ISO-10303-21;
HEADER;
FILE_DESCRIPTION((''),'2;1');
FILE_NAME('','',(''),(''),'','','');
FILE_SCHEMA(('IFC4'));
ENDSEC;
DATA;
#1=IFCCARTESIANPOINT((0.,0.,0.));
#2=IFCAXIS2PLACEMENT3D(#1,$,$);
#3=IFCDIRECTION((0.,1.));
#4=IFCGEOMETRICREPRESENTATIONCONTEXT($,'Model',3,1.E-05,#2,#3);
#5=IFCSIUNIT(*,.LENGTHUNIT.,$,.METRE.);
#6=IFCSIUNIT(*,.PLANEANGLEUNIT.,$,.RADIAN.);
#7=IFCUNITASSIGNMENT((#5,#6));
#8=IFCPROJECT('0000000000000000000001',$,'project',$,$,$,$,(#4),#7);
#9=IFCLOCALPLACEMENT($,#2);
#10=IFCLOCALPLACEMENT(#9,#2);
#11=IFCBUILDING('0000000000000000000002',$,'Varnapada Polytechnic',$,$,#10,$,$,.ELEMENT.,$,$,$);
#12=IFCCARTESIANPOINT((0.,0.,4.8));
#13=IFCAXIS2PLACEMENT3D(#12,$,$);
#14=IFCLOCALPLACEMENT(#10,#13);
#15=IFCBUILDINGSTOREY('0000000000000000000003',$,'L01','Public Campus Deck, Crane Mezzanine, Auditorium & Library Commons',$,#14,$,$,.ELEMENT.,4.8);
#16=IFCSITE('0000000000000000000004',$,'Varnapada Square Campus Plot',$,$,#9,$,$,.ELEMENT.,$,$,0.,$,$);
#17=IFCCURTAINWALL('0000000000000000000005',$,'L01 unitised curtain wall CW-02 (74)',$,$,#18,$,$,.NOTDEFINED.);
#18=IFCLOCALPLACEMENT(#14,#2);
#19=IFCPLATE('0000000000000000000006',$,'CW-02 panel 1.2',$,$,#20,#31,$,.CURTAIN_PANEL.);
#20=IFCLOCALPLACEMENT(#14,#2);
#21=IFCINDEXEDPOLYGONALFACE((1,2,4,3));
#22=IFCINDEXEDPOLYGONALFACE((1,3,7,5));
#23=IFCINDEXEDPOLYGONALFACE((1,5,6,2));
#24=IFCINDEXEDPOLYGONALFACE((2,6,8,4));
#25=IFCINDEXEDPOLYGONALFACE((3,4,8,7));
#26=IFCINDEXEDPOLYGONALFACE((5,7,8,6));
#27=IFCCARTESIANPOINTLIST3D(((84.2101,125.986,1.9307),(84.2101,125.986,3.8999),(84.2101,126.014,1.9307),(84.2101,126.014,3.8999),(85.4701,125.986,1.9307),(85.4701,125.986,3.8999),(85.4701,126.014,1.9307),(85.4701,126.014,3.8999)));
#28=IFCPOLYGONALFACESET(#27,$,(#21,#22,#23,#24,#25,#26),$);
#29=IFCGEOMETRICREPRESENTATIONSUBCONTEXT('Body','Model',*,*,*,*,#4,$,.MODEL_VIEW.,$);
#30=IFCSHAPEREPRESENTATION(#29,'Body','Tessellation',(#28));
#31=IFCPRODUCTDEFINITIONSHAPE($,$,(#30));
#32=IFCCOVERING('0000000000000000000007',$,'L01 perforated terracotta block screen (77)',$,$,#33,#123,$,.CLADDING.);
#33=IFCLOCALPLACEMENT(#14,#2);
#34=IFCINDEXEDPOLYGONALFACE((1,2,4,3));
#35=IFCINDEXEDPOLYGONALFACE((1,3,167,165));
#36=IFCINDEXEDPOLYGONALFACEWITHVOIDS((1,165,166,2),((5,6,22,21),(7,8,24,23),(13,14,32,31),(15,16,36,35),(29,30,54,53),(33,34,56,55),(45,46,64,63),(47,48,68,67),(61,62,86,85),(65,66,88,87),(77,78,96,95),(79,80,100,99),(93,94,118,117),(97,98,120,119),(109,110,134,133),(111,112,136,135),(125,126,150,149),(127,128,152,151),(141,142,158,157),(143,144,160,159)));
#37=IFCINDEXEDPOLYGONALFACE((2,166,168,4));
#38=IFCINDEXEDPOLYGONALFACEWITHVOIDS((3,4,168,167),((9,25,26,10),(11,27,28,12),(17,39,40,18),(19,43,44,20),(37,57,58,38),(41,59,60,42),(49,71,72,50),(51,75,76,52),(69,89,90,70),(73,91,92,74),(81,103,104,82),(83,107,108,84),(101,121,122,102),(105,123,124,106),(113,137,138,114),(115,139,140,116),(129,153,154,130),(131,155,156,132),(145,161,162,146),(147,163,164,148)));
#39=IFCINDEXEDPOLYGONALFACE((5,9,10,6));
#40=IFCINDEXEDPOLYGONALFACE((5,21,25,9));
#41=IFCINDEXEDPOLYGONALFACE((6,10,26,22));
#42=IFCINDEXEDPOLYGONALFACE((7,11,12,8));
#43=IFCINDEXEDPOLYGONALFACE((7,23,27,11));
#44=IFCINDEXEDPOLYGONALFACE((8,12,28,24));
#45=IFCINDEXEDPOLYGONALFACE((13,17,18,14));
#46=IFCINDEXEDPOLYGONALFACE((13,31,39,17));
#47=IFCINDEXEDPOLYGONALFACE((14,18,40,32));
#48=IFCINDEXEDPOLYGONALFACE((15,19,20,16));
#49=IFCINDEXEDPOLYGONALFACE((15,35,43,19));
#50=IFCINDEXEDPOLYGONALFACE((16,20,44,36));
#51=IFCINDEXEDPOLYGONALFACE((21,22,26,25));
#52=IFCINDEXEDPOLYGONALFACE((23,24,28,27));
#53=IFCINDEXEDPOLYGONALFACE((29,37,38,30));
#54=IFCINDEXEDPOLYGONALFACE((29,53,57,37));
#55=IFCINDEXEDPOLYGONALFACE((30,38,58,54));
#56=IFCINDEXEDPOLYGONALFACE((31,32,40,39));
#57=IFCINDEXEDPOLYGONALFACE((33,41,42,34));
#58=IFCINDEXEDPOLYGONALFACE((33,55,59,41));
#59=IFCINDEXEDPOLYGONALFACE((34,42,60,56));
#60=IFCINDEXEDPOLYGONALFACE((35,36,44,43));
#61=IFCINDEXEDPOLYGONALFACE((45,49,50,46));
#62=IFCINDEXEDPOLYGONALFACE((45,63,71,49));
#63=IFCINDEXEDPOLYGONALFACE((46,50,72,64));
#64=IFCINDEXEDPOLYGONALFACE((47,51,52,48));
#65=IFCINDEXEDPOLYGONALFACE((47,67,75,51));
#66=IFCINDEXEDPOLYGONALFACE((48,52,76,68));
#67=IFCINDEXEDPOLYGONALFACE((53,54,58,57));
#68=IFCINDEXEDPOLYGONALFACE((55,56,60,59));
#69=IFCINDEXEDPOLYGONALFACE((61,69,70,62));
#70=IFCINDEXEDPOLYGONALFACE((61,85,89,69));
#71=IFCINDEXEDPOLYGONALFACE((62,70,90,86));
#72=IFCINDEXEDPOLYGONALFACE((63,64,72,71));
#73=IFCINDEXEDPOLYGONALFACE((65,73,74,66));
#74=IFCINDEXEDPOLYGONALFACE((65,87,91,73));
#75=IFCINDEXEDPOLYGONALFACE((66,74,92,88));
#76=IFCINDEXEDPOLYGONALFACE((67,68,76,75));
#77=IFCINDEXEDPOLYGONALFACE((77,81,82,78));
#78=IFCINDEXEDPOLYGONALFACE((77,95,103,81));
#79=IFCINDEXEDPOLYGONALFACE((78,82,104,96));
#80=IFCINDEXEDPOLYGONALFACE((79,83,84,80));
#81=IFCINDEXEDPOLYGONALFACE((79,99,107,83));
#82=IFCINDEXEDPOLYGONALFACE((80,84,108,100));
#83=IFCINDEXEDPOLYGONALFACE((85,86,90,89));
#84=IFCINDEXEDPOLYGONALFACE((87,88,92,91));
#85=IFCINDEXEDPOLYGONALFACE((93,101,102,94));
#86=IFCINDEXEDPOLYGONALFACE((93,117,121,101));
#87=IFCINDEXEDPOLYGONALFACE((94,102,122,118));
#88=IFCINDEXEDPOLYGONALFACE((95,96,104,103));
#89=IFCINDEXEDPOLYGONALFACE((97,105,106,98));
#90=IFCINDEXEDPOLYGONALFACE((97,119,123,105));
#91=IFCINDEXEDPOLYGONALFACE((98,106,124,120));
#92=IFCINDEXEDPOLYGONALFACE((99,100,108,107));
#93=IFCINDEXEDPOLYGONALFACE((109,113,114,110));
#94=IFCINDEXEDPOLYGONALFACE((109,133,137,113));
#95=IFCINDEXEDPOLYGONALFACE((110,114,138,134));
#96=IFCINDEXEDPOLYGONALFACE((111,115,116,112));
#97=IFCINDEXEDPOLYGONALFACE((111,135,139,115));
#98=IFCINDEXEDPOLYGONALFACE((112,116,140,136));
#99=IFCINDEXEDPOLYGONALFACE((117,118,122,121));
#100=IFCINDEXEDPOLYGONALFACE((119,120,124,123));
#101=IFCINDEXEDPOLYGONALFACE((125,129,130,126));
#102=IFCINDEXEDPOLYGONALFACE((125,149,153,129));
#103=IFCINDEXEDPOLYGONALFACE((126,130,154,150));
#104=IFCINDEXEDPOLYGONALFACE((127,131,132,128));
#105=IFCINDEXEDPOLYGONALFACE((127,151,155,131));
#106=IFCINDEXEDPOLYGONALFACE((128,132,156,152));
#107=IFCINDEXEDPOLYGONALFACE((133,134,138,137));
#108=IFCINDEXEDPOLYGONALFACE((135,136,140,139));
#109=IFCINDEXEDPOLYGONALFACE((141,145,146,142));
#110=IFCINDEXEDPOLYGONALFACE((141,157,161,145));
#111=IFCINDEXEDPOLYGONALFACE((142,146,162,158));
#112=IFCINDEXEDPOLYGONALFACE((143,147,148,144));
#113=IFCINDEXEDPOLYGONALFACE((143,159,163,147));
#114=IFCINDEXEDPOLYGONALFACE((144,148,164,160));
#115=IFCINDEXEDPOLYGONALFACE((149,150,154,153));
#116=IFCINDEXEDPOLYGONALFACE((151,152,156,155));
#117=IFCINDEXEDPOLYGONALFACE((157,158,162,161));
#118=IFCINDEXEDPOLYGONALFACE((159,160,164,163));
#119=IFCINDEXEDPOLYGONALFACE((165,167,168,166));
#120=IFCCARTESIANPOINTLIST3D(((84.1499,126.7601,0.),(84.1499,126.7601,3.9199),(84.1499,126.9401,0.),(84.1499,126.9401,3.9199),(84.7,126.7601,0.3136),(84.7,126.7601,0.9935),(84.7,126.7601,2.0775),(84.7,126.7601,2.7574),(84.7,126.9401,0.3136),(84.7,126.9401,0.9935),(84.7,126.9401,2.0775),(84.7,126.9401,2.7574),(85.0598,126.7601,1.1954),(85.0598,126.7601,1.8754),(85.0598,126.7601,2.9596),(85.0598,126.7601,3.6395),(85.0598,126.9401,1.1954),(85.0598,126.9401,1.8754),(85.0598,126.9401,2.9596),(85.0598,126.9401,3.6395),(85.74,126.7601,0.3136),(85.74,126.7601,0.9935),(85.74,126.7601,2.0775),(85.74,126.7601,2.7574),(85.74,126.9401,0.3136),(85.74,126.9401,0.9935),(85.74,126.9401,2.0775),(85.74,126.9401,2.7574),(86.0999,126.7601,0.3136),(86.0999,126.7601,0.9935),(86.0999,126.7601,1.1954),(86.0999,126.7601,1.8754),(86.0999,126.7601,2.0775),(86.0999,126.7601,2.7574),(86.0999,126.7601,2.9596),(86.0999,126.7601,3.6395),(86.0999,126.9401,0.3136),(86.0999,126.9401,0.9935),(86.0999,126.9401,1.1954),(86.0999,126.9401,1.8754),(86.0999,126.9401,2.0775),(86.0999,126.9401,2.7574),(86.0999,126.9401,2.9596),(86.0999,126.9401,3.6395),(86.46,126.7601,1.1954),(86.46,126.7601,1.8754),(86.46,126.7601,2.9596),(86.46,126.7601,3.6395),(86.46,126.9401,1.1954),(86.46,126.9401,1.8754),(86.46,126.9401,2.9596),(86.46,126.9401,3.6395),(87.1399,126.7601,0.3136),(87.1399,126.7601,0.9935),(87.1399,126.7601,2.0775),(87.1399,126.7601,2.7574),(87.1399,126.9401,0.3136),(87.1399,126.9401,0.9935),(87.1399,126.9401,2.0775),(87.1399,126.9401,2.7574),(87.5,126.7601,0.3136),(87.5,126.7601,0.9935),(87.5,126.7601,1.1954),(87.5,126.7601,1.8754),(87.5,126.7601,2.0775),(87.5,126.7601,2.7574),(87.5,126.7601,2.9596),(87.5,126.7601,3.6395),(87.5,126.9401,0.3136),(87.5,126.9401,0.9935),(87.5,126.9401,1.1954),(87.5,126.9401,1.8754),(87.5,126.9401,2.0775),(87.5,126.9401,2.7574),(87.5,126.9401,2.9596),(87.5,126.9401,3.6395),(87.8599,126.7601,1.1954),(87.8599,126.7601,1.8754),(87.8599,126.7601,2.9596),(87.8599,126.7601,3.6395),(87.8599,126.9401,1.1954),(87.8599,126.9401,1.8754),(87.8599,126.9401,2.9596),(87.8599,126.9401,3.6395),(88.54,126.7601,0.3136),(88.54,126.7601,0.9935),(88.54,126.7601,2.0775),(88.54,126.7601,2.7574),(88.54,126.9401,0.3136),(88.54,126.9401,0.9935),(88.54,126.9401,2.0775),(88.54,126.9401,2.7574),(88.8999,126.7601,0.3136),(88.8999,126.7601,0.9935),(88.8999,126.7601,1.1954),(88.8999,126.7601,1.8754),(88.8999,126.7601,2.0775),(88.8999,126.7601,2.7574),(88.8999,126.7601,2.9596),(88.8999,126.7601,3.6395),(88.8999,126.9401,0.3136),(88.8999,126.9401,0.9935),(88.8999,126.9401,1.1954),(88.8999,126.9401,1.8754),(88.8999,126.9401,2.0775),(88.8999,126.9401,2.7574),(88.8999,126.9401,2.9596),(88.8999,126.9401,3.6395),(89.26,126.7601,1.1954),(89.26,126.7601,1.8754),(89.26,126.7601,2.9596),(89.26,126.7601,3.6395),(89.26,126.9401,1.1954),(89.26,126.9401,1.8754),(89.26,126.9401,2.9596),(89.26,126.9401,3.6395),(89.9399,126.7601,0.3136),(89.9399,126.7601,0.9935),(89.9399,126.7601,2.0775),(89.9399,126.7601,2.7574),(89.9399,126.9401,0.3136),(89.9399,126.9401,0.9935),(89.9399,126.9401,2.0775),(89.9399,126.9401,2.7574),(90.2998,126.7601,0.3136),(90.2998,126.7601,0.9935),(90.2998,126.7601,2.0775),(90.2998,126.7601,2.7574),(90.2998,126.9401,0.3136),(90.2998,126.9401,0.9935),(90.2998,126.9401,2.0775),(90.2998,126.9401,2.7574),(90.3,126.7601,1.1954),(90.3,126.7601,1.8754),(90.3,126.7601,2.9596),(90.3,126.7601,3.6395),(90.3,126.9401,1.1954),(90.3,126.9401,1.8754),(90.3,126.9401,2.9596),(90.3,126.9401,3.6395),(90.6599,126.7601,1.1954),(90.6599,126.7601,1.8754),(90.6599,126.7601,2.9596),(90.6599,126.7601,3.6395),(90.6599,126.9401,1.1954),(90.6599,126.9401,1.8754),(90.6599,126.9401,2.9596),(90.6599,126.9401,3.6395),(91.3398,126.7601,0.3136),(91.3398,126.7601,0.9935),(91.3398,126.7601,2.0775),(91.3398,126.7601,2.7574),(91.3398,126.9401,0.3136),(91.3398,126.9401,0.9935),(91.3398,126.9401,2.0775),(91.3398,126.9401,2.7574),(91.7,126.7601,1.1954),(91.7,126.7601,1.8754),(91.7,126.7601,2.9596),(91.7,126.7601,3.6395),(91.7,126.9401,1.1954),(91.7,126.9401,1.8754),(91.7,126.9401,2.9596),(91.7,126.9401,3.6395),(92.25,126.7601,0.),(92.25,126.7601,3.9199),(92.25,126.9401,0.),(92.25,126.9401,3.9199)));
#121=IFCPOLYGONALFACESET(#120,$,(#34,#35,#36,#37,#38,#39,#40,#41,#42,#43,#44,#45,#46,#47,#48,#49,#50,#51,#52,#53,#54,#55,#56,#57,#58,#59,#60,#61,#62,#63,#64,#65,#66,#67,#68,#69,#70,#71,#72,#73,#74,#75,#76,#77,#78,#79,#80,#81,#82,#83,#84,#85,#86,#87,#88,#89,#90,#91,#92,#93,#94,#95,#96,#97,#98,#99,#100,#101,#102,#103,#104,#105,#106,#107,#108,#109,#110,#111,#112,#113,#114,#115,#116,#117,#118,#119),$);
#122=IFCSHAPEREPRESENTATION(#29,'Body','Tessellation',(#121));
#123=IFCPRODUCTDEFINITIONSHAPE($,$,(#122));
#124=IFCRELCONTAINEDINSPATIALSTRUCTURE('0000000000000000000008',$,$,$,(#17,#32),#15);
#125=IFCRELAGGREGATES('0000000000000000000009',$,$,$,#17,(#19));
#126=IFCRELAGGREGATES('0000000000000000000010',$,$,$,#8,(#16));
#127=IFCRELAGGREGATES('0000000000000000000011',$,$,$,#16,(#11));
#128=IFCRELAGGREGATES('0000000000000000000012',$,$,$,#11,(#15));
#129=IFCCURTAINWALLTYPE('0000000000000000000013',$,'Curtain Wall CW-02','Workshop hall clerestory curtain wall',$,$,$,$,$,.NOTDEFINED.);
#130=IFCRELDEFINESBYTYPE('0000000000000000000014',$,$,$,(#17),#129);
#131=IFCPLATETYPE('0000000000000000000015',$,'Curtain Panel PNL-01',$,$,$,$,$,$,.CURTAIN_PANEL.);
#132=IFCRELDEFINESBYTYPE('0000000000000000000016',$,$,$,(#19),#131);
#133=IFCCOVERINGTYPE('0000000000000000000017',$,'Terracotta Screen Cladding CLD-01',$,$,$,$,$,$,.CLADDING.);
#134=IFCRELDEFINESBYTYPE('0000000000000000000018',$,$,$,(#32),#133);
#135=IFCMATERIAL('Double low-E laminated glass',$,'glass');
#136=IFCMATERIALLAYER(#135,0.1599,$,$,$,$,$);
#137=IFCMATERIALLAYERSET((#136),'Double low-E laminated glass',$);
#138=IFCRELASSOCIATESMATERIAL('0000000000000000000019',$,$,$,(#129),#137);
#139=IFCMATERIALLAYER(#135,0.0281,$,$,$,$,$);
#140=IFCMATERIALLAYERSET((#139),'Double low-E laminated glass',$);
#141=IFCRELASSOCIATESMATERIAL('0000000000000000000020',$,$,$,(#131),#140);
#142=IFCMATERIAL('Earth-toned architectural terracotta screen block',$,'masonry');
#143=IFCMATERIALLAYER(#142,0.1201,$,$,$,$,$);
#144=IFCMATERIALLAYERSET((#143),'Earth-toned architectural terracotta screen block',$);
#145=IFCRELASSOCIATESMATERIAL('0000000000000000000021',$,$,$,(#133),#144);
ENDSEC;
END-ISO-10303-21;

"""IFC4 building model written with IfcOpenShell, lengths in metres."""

from ifc_helpers import new_model, si_unit, direction, frame, frame_2d, origin, origin_2d, place, context, subcontext, project, spatial, rectangle, extrude, material, layer, layer_set, type_object, element, aggregate, save


model = new_model("IFC4")

# Units and contexts
model_context = context("Model", 3, precision=1e-05, world=origin(), true_north=direction((0.0, 1.0)))
body_context = subcontext(model_context, "Body", "Model", "MODEL_VIEW")
ifc_project = project(units=[si_unit("LENGTHUNIT", "METRE"), si_unit("PLANEANGLEUNIT", "RADIAN")], contexts=[model_context])

# Site, building, storey
site_placement = place(None, origin())
site = spatial("IfcSite", under=ifc_project, at=site_placement, Name="Varnapada Square Campus Plot", CompositionType="ELEMENT", RefElevation=0.0)
building_placement = place(site_placement, origin())
building = spatial("IfcBuilding", under=site, at=building_placement, Name="Varnapada Polytechnic", CompositionType="ELEMENT")
storey_placement = place(building_placement, frame((0.0, 0.0, 4.8)))
storey = spatial("IfcBuildingStorey", under=building, at=storey_placement, Name="L01", Description="Public Campus Deck, Crane Mezzanine, Auditorium & Library Commons", CompositionType="ELEMENT", Elevation=4.8)

# Curtain wall
ifc_material_1 = material(Name="Double low-E laminated glass", Category="glass")
ifc_layer_1 = layer(ifc_material_1, 0.1599)
ifc_layer_set_1 = layer_set([ifc_layer_1], Name="Double low-E laminated glass")
curtain_wall_type = type_object("IfcCurtainWallType", Name="Curtain Wall CW-02", Description="Workshop hall clerestory curtain wall", PredefinedType="NOTDEFINED", material=ifc_layer_set_1)
curtain_wall_placement = place(storey_placement, origin())
curtain_wall = element("IfcCurtainWall", 1, at=curtain_wall_placement, inside=storey, type_object=curtain_wall_type, Name="L01 unitised curtain wall CW-02 (74)", PredefinedType="NOTDEFINED")

# Plate
ifc_layer_2 = layer(ifc_material_1, 0.0281)
ifc_layer_set_2 = layer_set([ifc_layer_2], Name="Double low-E laminated glass")
plate_type = type_object("IfcPlateType", Name="Curtain Panel PNL-01", PredefinedType="CURTAIN_PANEL", material=ifc_layer_set_2)
plate_1_placement = place(storey_placement, frame((84.8401, 126.0, 1.9307), z_axis=(0.0, 0.0, 1.0), x_axis=(1.0, 0.0, 0.0)))
plate_1 = element("IfcPlate", 2, at=plate_1_placement, type_object=plate_type, Name="CW-02 panel 1.2", PredefinedType="CURTAIN_PANEL", context=body_context, shape_type="SweptSolid", body=[
    extrude(rectangle(XDim=1.26, YDim=0.0281, at=origin_2d()), origin(), (0.0, 0.0, 1.0), 1.9692),
])
aggregate(curtain_wall, [plate_1])

# Covering, openings
ifc_material_2 = material(Name="Earth-toned architectural terracotta screen block", Category="masonry")
ifc_layer_3 = layer(ifc_material_2, 0.1201)
ifc_layer_set_3 = layer_set([ifc_layer_3], Name="Earth-toned architectural terracotta screen block")
covering_type = type_object("IfcCoveringType", Name="Terracotta Screen Cladding CLD-01", PredefinedType="CLADDING", material=ifc_layer_set_3)
covering_placement = place(storey_placement, frame((84.1499, 126.8501, 0.0), z_axis=(0.0, 0.0, 1.0), x_axis=(1.0, 0.0, 0.0)))
covering = element("IfcCovering", 3, at=covering_placement, inside=storey, type_object=covering_type, Name="L01 perforated terracotta block screen (77)", PredefinedType="CLADDING", context=body_context, shape_type="SweptSolid", body=[
    extrude(rectangle(XDim=8.1001, YDim=0.1799, at=frame_2d((4.05, 0.0))), origin(), (0.0, 0.0, 1.0), 3.9199),
])
opening_1_placement = place(covering_placement, frame((0.55, 0.0, 0.3137)))
element("IfcOpeningElement", 4, at=opening_1_placement, cuts=covering, PredefinedType="OPENING", context=body_context, shape_type="SweptSolid", body=[
    extrude(rectangle(XDim=1.04, YDim=0.6799, at=frame_2d((0.52, 0.3398))), frame((0.0, 0.0999, 0.0), z_axis=(0.0, -1.0, 0.0), x_axis=(1.0, 0.0, 0.0)), (0.0, 0.0, 1.0), 0.2),
])
opening_2_placement = place(covering_placement, frame((1.95, 0.0, 0.3137)))
element("IfcOpeningElement", 5, at=opening_2_placement, cuts=covering, PredefinedType="OPENING", context=body_context, shape_type="SweptSolid", body=[
    extrude(rectangle(XDim=1.04, YDim=0.6799, at=frame_2d((0.52, 0.3398))), frame((0.0, 0.0999, 0.0), z_axis=(0.0, -1.0, 0.0), x_axis=(1.0, 0.0, 0.0)), (0.0, 0.0, 1.0), 0.2),
])
opening_3_placement = place(covering_placement, frame((3.3501, 0.0, 0.3137)))
element("IfcOpeningElement", 6, at=opening_3_placement, cuts=covering, PredefinedType="OPENING", context=body_context, shape_type="SweptSolid", body=[
    extrude(rectangle(XDim=1.04, YDim=0.6799, at=frame_2d((0.52, 0.3398))), frame((0.0, 0.0999, 0.0), z_axis=(0.0, -1.0, 0.0), x_axis=(1.0, 0.0, 0.0)), (0.0, 0.0, 1.0), 0.2),
])
opening_4_placement = place(covering_placement, frame((4.75, 0.0, 0.3137)))
element("IfcOpeningElement", 7, at=opening_4_placement, cuts=covering, PredefinedType="OPENING", context=body_context, shape_type="SweptSolid", body=[
    extrude(rectangle(XDim=1.04, YDim=0.6799, at=frame_2d((0.52, 0.3398))), frame((0.0, 0.0999, 0.0), z_axis=(0.0, -1.0, 0.0), x_axis=(1.0, 0.0, 0.0)), (0.0, 0.0, 1.0), 0.2),
])
opening_5_placement = place(covering_placement, frame((6.1499, 0.0, 0.3137)))
element("IfcOpeningElement", 8, at=opening_5_placement, cuts=covering, PredefinedType="OPENING", context=body_context, shape_type="SweptSolid", body=[
    extrude(rectangle(XDim=1.04, YDim=0.6799, at=frame_2d((0.52, 0.3398))), frame((0.0, 0.0999, 0.0), z_axis=(0.0, -1.0, 0.0), x_axis=(1.0, 0.0, 0.0)), (0.0, 0.0, 1.0), 0.2),
])
opening_6_placement = place(covering_placement, frame((0.9099, 0.0, 1.1956)))
element("IfcOpeningElement", 9, at=opening_6_placement, cuts=covering, PredefinedType="OPENING", context=body_context, shape_type="SweptSolid", body=[
    extrude(rectangle(XDim=1.04, YDim=0.6799, at=frame_2d((0.52, 0.3398))), frame((0.0, 0.0999, 0.0), z_axis=(0.0, -1.0, 0.0), x_axis=(1.0, 0.0, 0.0)), (0.0, 0.0, 1.0), 0.2),
])
opening_7_placement = place(covering_placement, frame((2.3101, 0.0, 1.1956)))
element("IfcOpeningElement", 10, at=opening_7_placement, cuts=covering, PredefinedType="OPENING", context=body_context, shape_type="SweptSolid", body=[
    extrude(rectangle(XDim=1.04, YDim=0.6799, at=frame_2d((0.52, 0.3398))), frame((0.0, 0.0999, 0.0), z_axis=(0.0, -1.0, 0.0), x_axis=(1.0, 0.0, 0.0)), (0.0, 0.0, 1.0), 0.2),
])
opening_8_placement = place(covering_placement, frame((3.71, 0.0, 1.1956)))
element("IfcOpeningElement", 11, at=opening_8_placement, cuts=covering, PredefinedType="OPENING", context=body_context, shape_type="SweptSolid", body=[
    extrude(rectangle(XDim=1.04, YDim=0.6799, at=frame_2d((0.52, 0.3398))), frame((0.0, 0.0999, 0.0), z_axis=(0.0, -1.0, 0.0), x_axis=(1.0, 0.0, 0.0)), (0.0, 0.0, 1.0), 0.2),
])
opening_9_placement = place(covering_placement, frame((5.1101, 0.0, 1.1956)))
element("IfcOpeningElement", 12, at=opening_9_placement, cuts=covering, PredefinedType="OPENING", context=body_context, shape_type="SweptSolid", body=[
    extrude(rectangle(XDim=1.04, YDim=0.6799, at=frame_2d((0.52, 0.3398))), frame((0.0, 0.0999, 0.0), z_axis=(0.0, -1.0, 0.0), x_axis=(1.0, 0.0, 0.0)), (0.0, 0.0, 1.0), 0.2),
])
opening_10_placement = place(covering_placement, frame((6.51, 0.0, 1.1956)))
element("IfcOpeningElement", 13, at=opening_10_placement, cuts=covering, PredefinedType="OPENING", context=body_context, shape_type="SweptSolid", body=[
    extrude(rectangle(XDim=1.04, YDim=0.6799, at=frame_2d((0.52, 0.3398))), frame((0.0, 0.0999, 0.0), z_axis=(0.0, -1.0, 0.0), x_axis=(1.0, 0.0, 0.0)), (0.0, 0.0, 1.0), 0.2),
])
opening_11_placement = place(covering_placement, frame((0.55, 0.0, 2.0776)))
element("IfcOpeningElement", 14, at=opening_11_placement, cuts=covering, PredefinedType="OPENING", context=body_context, shape_type="SweptSolid", body=[
    extrude(rectangle(XDim=1.04, YDim=0.6799, at=frame_2d((0.52, 0.3398))), frame((0.0, 0.0999, 0.0), z_axis=(0.0, -1.0, 0.0), x_axis=(1.0, 0.0, 0.0)), (0.0, 0.0, 1.0), 0.2),
])
opening_12_placement = place(covering_placement, frame((1.95, 0.0, 2.0776)))
element("IfcOpeningElement", 15, at=opening_12_placement, cuts=covering, PredefinedType="OPENING", context=body_context, shape_type="SweptSolid", body=[
    extrude(rectangle(XDim=1.04, YDim=0.6799, at=frame_2d((0.52, 0.3398))), frame((0.0, 0.0999, 0.0), z_axis=(0.0, -1.0, 0.0), x_axis=(1.0, 0.0, 0.0)), (0.0, 0.0, 1.0), 0.2),
])
opening_13_placement = place(covering_placement, frame((3.3501, 0.0, 2.0776)))
element("IfcOpeningElement", 16, at=opening_13_placement, cuts=covering, PredefinedType="OPENING", context=body_context, shape_type="SweptSolid", body=[
    extrude(rectangle(XDim=1.04, YDim=0.6799, at=frame_2d((0.52, 0.3398))), frame((0.0, 0.0999, 0.0), z_axis=(0.0, -1.0, 0.0), x_axis=(1.0, 0.0, 0.0)), (0.0, 0.0, 1.0), 0.2),
])
opening_14_placement = place(covering_placement, frame((4.75, 0.0, 2.0776)))
element("IfcOpeningElement", 17, at=opening_14_placement, cuts=covering, PredefinedType="OPENING", context=body_context, shape_type="SweptSolid", body=[
    extrude(rectangle(XDim=1.04, YDim=0.6799, at=frame_2d((0.52, 0.3398))), frame((0.0, 0.0999, 0.0), z_axis=(0.0, -1.0, 0.0), x_axis=(1.0, 0.0, 0.0)), (0.0, 0.0, 1.0), 0.2),
])
opening_15_placement = place(covering_placement, frame((6.1499, 0.0, 2.0776)))
element("IfcOpeningElement", 18, at=opening_15_placement, cuts=covering, PredefinedType="OPENING", context=body_context, shape_type="SweptSolid", body=[
    extrude(rectangle(XDim=1.04, YDim=0.6799, at=frame_2d((0.52, 0.3398))), frame((0.0, 0.0999, 0.0), z_axis=(0.0, -1.0, 0.0), x_axis=(1.0, 0.0, 0.0)), (0.0, 0.0, 1.0), 0.2),
])
opening_16_placement = place(covering_placement, frame((0.9099, 0.0, 2.9597)))
element("IfcOpeningElement", 19, at=opening_16_placement, cuts=covering, PredefinedType="OPENING", context=body_context, shape_type="SweptSolid", body=[
    extrude(rectangle(XDim=1.04, YDim=0.6799, at=frame_2d((0.52, 0.3398))), frame((0.0, 0.0999, 0.0), z_axis=(0.0, -1.0, 0.0), x_axis=(1.0, 0.0, 0.0)), (0.0, 0.0, 1.0), 0.2),
])
opening_17_placement = place(covering_placement, frame((2.3101, 0.0, 2.9597)))
element("IfcOpeningElement", 20, at=opening_17_placement, cuts=covering, PredefinedType="OPENING", context=body_context, shape_type="SweptSolid", body=[
    extrude(rectangle(XDim=1.04, YDim=0.6799, at=frame_2d((0.52, 0.3398))), frame((0.0, 0.0999, 0.0), z_axis=(0.0, -1.0, 0.0), x_axis=(1.0, 0.0, 0.0)), (0.0, 0.0, 1.0), 0.2),
])
opening_18_placement = place(covering_placement, frame((3.71, 0.0, 2.9597)))
element("IfcOpeningElement", 21, at=opening_18_placement, cuts=covering, PredefinedType="OPENING", context=body_context, shape_type="SweptSolid", body=[
    extrude(rectangle(XDim=1.04, YDim=0.6799, at=frame_2d((0.52, 0.3398))), frame((0.0, 0.0999, 0.0), z_axis=(0.0, -1.0, 0.0), x_axis=(1.0, 0.0, 0.0)), (0.0, 0.0, 1.0), 0.2),
])
opening_19_placement = place(covering_placement, frame((5.1101, 0.0, 2.9597)))
element("IfcOpeningElement", 22, at=opening_19_placement, cuts=covering, PredefinedType="OPENING", context=body_context, shape_type="SweptSolid", body=[
    extrude(rectangle(XDim=1.04, YDim=0.6799, at=frame_2d((0.52, 0.3398))), frame((0.0, 0.0999, 0.0), z_axis=(0.0, -1.0, 0.0), x_axis=(1.0, 0.0, 0.0)), (0.0, 0.0, 1.0), 0.2),
])
opening_20_placement = place(covering_placement, frame((6.51, 0.0, 2.9597)))
element("IfcOpeningElement", 23, at=opening_20_placement, cuts=covering, PredefinedType="OPENING", context=body_context, shape_type="SweptSolid", body=[
    extrude(rectangle(XDim=1.04, YDim=0.6799, at=frame_2d((0.52, 0.3398))), frame((0.0, 0.0999, 0.0), z_axis=(0.0, -1.0, 0.0), x_axis=(1.0, 0.0, 0.0)), (0.0, 0.0, 1.0), 0.2),
])

save(model, "model.ifc")
